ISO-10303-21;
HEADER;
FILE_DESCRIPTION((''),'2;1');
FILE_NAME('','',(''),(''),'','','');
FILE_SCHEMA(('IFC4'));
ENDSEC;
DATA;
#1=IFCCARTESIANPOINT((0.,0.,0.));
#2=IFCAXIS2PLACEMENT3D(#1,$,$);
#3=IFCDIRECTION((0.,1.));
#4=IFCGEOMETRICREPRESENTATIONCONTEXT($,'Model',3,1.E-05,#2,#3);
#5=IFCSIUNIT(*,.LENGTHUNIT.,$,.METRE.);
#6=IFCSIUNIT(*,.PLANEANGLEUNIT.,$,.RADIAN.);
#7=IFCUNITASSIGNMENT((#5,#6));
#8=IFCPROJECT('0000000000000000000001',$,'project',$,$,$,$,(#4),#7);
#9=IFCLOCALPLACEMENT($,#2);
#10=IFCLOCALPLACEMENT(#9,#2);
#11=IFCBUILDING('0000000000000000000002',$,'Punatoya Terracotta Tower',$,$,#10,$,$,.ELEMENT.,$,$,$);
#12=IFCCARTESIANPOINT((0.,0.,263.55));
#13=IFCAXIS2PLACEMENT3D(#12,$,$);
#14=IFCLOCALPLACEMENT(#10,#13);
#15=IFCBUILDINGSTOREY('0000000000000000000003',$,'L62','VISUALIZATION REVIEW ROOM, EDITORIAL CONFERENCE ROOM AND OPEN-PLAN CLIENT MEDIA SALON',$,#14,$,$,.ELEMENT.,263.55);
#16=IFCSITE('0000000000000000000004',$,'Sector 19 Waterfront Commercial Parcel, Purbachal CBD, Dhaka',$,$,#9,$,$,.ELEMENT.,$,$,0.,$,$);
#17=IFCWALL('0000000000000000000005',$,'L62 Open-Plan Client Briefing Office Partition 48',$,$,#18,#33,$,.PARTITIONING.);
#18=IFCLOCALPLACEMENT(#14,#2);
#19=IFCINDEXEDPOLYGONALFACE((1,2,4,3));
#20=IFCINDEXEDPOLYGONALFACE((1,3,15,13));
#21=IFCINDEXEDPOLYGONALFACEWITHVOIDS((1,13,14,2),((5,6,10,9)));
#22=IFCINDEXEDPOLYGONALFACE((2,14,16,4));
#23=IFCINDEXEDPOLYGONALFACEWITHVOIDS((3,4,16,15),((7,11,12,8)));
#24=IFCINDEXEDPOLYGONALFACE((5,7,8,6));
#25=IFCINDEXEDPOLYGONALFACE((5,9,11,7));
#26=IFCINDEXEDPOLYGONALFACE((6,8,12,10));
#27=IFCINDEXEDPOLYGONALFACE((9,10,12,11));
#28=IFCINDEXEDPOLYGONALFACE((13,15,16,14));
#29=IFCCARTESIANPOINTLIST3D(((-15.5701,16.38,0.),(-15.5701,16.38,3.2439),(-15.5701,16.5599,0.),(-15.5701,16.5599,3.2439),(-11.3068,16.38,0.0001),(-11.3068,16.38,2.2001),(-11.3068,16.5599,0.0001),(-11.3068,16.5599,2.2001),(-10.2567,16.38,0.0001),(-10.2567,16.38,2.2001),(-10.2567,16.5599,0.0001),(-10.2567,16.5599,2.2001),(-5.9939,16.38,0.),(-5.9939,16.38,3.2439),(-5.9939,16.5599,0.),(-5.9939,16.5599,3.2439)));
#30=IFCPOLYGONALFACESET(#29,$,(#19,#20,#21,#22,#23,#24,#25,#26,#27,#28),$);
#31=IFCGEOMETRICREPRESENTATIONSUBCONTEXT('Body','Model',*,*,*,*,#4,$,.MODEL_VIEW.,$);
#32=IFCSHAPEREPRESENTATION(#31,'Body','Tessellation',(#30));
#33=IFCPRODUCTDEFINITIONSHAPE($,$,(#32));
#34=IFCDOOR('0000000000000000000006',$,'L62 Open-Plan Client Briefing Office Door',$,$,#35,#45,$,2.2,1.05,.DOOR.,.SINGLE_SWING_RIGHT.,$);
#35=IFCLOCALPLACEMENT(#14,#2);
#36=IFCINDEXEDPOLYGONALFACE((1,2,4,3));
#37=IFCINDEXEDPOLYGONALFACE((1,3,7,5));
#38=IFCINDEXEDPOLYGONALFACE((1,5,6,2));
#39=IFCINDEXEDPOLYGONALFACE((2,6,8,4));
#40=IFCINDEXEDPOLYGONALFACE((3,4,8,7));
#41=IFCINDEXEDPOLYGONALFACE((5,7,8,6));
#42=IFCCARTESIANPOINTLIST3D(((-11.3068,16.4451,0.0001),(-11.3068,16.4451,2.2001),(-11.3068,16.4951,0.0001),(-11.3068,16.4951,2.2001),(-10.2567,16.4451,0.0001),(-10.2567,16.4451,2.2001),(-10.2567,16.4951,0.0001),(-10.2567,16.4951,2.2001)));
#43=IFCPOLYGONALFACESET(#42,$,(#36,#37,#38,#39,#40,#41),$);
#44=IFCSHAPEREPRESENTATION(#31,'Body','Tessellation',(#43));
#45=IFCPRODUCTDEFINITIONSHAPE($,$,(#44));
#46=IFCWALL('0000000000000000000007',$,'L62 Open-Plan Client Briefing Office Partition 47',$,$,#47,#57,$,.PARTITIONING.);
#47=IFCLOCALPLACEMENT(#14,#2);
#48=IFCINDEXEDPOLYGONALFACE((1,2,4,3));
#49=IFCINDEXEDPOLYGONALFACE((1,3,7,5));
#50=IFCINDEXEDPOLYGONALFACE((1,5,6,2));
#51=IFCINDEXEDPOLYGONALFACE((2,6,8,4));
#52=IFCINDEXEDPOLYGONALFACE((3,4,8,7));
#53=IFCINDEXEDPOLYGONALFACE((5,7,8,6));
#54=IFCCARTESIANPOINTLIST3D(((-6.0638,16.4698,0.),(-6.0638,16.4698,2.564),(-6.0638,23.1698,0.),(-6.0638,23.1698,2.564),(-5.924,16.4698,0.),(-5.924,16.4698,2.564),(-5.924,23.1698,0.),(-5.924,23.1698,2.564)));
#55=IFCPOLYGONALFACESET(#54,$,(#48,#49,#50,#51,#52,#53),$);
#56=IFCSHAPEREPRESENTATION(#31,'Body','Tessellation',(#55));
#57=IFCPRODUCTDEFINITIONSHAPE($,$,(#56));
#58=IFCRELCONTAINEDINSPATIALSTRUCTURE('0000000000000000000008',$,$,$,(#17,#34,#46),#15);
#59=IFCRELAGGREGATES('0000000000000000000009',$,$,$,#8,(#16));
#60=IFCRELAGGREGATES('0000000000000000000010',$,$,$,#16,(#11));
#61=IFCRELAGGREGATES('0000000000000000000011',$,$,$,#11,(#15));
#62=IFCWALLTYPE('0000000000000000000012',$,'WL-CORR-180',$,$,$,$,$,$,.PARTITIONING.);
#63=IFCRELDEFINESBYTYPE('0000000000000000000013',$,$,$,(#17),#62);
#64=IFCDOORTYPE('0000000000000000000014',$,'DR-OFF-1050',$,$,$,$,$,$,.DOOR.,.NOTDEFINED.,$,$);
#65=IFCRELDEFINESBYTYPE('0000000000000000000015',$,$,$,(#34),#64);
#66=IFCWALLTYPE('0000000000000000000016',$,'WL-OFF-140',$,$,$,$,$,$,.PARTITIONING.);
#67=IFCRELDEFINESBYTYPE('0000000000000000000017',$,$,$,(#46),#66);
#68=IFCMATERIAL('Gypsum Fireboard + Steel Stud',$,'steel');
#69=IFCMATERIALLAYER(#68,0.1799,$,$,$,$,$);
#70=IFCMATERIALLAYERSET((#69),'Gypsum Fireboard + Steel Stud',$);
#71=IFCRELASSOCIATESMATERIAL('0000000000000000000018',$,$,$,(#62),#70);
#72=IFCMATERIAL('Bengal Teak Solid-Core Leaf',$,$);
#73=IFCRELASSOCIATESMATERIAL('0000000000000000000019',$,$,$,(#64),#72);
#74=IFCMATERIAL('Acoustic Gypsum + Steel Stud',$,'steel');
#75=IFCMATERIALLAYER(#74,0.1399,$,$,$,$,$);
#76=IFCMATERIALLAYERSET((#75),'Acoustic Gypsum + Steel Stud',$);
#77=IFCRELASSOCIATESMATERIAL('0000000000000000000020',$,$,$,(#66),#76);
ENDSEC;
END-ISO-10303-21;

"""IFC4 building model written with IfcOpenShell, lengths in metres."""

from ifc_helpers import new_model, si_unit, direction, frame, frame_2d, origin, place, context, subcontext, project, spatial, rectangle, extrude, material, layer, layer_set, type_object, element, fill, save


model = new_model("IFC4")

# Units and contexts
model_context = context("Model", 3, precision=1e-05, world=origin(), true_north=direction((0.0, 1.0)))
body_context = subcontext(model_context, "Body", "Model", "MODEL_VIEW")
ifc_project = project(units=[si_unit("LENGTHUNIT", "METRE"), si_unit("PLANEANGLEUNIT", "RADIAN")], contexts=[model_context])

# Site, building, storey
site_placement = place(None, origin())
site = spatial("IfcSite", under=ifc_project, at=site_placement, Name="Sector 19 Waterfront Commercial Parcel, Purbachal CBD, Dhaka", CompositionType="ELEMENT", RefElevation=0.0)
building_placement = place(site_placement, origin())
building = spatial("IfcBuilding", under=site, at=building_placement, Name="Punatoya Terracotta Tower", CompositionType="ELEMENT")
storey_placement = place(building_placement, frame((0.0, 0.0, 263.55)))
storey = spatial("IfcBuildingStorey", under=building, at=storey_placement, Name="L62", Description="VISUALIZATION REVIEW ROOM, EDITORIAL CONFERENCE ROOM AND OPEN-PLAN CLIENT MEDIA SALON", CompositionType="ELEMENT", Elevation=263.55)

# Wall, opening, door
ifc_material_1 = material(Name="Gypsum Fireboard + Steel Stud", Category="steel")
ifc_layer_1 = layer(ifc_material_1, 0.1799)
ifc_layer_set_1 = layer_set([ifc_layer_1], Name="Gypsum Fireboard + Steel Stud")
wall_type_1 = type_object("IfcWallType", Name="WL-CORR-180", PredefinedType="PARTITIONING", material=ifc_layer_set_1)
wall_1_placement = place(storey_placement, frame((-5.9939, 16.47, 0.0), z_axis=(0.0, 0.0, 1.0), x_axis=(-1.0, 0.0, 0.0)))
wall_1 = element("IfcWall", 1, at=wall_1_placement, inside=storey, type_object=wall_type_1, Name="L62 Open-Plan Client Briefing Office Partition 48", PredefinedType="PARTITIONING", context=body_context, shape_type="SweptSolid", body=[
    extrude(rectangle(XDim=9.5762, YDim=0.1799, at=frame_2d((4.7881, 0.0))), origin(), (0.0, 0.0, 1.0), 3.2439),
])
opening_placement = place(wall_1_placement, frame((4.2629, 0.0, 0.0)))
opening = element("IfcOpeningElement", 2, at=opening_placement, cuts=wall_1, PredefinedType="OPENING", context=body_context, shape_type="SweptSolid", body=[
    extrude(rectangle(XDim=1.05, YDim=2.2, at=frame_2d((0.5249, 1.1001))), frame((0.0, 0.0999, 0.0), z_axis=(0.0, -1.0, 0.0), x_axis=(1.0, 0.0, 0.0)), (0.0, 0.0, 1.0), 0.2),
])
ifc_material_2 = material(Name="Bengal Teak Solid-Core Leaf")
door_type = type_object("IfcDoorType", Name="DR-OFF-1050", OperationType="NOTDEFINED", PredefinedType="DOOR", material=ifc_material_2)
door_placement = place(opening_placement, origin())
door = element("IfcDoor", 3, at=door_placement, inside=storey, type_object=door_type, Name="L62 Open-Plan Client Briefing Office Door", OperationType="SINGLE_SWING_RIGHT", OverallHeight=2.2, OverallWidth=1.05, PredefinedType="DOOR", context=body_context, shape_type="SweptSolid", body=[
    extrude(rectangle(XDim=1.05, YDim=2.2, at=frame_2d((0.5249, 1.1001))), frame((0.0, 0.0249, 0.0), z_axis=(0.0, -1.0, 0.0), x_axis=(1.0, 0.0, 0.0)), (0.0, 0.0, 1.0), 0.05),
])
fill(opening, door)

# Wall
ifc_material_3 = material(Name="Acoustic Gypsum + Steel Stud", Category="steel")
ifc_layer_2 = layer(ifc_material_3, 0.1399)
ifc_layer_set_2 = layer_set([ifc_layer_2], Name="Acoustic Gypsum + Steel Stud")
wall_type_2 = type_object("IfcWallType", Name="WL-OFF-140", PredefinedType="PARTITIONING", material=ifc_layer_set_2)
wall_2_placement = place(storey_placement, frame((-5.9939, 23.1699, 0.0), z_axis=(0.0, 0.0, 1.0), x_axis=(0.0, -1.0, 0.0)))
element("IfcWall", 4, at=wall_2_placement, inside=storey, type_object=wall_type_2, Name="L62 Open-Plan Client Briefing Office Partition 47", PredefinedType="PARTITIONING", context=body_context, shape_type="SweptSolid", body=[
    extrude(rectangle(XDim=6.7, YDim=0.1399, at=frame_2d((3.3501, 0.0))), origin(), (0.0, 0.0, 1.0), 2.564),
])

save(model, "model.ifc")
